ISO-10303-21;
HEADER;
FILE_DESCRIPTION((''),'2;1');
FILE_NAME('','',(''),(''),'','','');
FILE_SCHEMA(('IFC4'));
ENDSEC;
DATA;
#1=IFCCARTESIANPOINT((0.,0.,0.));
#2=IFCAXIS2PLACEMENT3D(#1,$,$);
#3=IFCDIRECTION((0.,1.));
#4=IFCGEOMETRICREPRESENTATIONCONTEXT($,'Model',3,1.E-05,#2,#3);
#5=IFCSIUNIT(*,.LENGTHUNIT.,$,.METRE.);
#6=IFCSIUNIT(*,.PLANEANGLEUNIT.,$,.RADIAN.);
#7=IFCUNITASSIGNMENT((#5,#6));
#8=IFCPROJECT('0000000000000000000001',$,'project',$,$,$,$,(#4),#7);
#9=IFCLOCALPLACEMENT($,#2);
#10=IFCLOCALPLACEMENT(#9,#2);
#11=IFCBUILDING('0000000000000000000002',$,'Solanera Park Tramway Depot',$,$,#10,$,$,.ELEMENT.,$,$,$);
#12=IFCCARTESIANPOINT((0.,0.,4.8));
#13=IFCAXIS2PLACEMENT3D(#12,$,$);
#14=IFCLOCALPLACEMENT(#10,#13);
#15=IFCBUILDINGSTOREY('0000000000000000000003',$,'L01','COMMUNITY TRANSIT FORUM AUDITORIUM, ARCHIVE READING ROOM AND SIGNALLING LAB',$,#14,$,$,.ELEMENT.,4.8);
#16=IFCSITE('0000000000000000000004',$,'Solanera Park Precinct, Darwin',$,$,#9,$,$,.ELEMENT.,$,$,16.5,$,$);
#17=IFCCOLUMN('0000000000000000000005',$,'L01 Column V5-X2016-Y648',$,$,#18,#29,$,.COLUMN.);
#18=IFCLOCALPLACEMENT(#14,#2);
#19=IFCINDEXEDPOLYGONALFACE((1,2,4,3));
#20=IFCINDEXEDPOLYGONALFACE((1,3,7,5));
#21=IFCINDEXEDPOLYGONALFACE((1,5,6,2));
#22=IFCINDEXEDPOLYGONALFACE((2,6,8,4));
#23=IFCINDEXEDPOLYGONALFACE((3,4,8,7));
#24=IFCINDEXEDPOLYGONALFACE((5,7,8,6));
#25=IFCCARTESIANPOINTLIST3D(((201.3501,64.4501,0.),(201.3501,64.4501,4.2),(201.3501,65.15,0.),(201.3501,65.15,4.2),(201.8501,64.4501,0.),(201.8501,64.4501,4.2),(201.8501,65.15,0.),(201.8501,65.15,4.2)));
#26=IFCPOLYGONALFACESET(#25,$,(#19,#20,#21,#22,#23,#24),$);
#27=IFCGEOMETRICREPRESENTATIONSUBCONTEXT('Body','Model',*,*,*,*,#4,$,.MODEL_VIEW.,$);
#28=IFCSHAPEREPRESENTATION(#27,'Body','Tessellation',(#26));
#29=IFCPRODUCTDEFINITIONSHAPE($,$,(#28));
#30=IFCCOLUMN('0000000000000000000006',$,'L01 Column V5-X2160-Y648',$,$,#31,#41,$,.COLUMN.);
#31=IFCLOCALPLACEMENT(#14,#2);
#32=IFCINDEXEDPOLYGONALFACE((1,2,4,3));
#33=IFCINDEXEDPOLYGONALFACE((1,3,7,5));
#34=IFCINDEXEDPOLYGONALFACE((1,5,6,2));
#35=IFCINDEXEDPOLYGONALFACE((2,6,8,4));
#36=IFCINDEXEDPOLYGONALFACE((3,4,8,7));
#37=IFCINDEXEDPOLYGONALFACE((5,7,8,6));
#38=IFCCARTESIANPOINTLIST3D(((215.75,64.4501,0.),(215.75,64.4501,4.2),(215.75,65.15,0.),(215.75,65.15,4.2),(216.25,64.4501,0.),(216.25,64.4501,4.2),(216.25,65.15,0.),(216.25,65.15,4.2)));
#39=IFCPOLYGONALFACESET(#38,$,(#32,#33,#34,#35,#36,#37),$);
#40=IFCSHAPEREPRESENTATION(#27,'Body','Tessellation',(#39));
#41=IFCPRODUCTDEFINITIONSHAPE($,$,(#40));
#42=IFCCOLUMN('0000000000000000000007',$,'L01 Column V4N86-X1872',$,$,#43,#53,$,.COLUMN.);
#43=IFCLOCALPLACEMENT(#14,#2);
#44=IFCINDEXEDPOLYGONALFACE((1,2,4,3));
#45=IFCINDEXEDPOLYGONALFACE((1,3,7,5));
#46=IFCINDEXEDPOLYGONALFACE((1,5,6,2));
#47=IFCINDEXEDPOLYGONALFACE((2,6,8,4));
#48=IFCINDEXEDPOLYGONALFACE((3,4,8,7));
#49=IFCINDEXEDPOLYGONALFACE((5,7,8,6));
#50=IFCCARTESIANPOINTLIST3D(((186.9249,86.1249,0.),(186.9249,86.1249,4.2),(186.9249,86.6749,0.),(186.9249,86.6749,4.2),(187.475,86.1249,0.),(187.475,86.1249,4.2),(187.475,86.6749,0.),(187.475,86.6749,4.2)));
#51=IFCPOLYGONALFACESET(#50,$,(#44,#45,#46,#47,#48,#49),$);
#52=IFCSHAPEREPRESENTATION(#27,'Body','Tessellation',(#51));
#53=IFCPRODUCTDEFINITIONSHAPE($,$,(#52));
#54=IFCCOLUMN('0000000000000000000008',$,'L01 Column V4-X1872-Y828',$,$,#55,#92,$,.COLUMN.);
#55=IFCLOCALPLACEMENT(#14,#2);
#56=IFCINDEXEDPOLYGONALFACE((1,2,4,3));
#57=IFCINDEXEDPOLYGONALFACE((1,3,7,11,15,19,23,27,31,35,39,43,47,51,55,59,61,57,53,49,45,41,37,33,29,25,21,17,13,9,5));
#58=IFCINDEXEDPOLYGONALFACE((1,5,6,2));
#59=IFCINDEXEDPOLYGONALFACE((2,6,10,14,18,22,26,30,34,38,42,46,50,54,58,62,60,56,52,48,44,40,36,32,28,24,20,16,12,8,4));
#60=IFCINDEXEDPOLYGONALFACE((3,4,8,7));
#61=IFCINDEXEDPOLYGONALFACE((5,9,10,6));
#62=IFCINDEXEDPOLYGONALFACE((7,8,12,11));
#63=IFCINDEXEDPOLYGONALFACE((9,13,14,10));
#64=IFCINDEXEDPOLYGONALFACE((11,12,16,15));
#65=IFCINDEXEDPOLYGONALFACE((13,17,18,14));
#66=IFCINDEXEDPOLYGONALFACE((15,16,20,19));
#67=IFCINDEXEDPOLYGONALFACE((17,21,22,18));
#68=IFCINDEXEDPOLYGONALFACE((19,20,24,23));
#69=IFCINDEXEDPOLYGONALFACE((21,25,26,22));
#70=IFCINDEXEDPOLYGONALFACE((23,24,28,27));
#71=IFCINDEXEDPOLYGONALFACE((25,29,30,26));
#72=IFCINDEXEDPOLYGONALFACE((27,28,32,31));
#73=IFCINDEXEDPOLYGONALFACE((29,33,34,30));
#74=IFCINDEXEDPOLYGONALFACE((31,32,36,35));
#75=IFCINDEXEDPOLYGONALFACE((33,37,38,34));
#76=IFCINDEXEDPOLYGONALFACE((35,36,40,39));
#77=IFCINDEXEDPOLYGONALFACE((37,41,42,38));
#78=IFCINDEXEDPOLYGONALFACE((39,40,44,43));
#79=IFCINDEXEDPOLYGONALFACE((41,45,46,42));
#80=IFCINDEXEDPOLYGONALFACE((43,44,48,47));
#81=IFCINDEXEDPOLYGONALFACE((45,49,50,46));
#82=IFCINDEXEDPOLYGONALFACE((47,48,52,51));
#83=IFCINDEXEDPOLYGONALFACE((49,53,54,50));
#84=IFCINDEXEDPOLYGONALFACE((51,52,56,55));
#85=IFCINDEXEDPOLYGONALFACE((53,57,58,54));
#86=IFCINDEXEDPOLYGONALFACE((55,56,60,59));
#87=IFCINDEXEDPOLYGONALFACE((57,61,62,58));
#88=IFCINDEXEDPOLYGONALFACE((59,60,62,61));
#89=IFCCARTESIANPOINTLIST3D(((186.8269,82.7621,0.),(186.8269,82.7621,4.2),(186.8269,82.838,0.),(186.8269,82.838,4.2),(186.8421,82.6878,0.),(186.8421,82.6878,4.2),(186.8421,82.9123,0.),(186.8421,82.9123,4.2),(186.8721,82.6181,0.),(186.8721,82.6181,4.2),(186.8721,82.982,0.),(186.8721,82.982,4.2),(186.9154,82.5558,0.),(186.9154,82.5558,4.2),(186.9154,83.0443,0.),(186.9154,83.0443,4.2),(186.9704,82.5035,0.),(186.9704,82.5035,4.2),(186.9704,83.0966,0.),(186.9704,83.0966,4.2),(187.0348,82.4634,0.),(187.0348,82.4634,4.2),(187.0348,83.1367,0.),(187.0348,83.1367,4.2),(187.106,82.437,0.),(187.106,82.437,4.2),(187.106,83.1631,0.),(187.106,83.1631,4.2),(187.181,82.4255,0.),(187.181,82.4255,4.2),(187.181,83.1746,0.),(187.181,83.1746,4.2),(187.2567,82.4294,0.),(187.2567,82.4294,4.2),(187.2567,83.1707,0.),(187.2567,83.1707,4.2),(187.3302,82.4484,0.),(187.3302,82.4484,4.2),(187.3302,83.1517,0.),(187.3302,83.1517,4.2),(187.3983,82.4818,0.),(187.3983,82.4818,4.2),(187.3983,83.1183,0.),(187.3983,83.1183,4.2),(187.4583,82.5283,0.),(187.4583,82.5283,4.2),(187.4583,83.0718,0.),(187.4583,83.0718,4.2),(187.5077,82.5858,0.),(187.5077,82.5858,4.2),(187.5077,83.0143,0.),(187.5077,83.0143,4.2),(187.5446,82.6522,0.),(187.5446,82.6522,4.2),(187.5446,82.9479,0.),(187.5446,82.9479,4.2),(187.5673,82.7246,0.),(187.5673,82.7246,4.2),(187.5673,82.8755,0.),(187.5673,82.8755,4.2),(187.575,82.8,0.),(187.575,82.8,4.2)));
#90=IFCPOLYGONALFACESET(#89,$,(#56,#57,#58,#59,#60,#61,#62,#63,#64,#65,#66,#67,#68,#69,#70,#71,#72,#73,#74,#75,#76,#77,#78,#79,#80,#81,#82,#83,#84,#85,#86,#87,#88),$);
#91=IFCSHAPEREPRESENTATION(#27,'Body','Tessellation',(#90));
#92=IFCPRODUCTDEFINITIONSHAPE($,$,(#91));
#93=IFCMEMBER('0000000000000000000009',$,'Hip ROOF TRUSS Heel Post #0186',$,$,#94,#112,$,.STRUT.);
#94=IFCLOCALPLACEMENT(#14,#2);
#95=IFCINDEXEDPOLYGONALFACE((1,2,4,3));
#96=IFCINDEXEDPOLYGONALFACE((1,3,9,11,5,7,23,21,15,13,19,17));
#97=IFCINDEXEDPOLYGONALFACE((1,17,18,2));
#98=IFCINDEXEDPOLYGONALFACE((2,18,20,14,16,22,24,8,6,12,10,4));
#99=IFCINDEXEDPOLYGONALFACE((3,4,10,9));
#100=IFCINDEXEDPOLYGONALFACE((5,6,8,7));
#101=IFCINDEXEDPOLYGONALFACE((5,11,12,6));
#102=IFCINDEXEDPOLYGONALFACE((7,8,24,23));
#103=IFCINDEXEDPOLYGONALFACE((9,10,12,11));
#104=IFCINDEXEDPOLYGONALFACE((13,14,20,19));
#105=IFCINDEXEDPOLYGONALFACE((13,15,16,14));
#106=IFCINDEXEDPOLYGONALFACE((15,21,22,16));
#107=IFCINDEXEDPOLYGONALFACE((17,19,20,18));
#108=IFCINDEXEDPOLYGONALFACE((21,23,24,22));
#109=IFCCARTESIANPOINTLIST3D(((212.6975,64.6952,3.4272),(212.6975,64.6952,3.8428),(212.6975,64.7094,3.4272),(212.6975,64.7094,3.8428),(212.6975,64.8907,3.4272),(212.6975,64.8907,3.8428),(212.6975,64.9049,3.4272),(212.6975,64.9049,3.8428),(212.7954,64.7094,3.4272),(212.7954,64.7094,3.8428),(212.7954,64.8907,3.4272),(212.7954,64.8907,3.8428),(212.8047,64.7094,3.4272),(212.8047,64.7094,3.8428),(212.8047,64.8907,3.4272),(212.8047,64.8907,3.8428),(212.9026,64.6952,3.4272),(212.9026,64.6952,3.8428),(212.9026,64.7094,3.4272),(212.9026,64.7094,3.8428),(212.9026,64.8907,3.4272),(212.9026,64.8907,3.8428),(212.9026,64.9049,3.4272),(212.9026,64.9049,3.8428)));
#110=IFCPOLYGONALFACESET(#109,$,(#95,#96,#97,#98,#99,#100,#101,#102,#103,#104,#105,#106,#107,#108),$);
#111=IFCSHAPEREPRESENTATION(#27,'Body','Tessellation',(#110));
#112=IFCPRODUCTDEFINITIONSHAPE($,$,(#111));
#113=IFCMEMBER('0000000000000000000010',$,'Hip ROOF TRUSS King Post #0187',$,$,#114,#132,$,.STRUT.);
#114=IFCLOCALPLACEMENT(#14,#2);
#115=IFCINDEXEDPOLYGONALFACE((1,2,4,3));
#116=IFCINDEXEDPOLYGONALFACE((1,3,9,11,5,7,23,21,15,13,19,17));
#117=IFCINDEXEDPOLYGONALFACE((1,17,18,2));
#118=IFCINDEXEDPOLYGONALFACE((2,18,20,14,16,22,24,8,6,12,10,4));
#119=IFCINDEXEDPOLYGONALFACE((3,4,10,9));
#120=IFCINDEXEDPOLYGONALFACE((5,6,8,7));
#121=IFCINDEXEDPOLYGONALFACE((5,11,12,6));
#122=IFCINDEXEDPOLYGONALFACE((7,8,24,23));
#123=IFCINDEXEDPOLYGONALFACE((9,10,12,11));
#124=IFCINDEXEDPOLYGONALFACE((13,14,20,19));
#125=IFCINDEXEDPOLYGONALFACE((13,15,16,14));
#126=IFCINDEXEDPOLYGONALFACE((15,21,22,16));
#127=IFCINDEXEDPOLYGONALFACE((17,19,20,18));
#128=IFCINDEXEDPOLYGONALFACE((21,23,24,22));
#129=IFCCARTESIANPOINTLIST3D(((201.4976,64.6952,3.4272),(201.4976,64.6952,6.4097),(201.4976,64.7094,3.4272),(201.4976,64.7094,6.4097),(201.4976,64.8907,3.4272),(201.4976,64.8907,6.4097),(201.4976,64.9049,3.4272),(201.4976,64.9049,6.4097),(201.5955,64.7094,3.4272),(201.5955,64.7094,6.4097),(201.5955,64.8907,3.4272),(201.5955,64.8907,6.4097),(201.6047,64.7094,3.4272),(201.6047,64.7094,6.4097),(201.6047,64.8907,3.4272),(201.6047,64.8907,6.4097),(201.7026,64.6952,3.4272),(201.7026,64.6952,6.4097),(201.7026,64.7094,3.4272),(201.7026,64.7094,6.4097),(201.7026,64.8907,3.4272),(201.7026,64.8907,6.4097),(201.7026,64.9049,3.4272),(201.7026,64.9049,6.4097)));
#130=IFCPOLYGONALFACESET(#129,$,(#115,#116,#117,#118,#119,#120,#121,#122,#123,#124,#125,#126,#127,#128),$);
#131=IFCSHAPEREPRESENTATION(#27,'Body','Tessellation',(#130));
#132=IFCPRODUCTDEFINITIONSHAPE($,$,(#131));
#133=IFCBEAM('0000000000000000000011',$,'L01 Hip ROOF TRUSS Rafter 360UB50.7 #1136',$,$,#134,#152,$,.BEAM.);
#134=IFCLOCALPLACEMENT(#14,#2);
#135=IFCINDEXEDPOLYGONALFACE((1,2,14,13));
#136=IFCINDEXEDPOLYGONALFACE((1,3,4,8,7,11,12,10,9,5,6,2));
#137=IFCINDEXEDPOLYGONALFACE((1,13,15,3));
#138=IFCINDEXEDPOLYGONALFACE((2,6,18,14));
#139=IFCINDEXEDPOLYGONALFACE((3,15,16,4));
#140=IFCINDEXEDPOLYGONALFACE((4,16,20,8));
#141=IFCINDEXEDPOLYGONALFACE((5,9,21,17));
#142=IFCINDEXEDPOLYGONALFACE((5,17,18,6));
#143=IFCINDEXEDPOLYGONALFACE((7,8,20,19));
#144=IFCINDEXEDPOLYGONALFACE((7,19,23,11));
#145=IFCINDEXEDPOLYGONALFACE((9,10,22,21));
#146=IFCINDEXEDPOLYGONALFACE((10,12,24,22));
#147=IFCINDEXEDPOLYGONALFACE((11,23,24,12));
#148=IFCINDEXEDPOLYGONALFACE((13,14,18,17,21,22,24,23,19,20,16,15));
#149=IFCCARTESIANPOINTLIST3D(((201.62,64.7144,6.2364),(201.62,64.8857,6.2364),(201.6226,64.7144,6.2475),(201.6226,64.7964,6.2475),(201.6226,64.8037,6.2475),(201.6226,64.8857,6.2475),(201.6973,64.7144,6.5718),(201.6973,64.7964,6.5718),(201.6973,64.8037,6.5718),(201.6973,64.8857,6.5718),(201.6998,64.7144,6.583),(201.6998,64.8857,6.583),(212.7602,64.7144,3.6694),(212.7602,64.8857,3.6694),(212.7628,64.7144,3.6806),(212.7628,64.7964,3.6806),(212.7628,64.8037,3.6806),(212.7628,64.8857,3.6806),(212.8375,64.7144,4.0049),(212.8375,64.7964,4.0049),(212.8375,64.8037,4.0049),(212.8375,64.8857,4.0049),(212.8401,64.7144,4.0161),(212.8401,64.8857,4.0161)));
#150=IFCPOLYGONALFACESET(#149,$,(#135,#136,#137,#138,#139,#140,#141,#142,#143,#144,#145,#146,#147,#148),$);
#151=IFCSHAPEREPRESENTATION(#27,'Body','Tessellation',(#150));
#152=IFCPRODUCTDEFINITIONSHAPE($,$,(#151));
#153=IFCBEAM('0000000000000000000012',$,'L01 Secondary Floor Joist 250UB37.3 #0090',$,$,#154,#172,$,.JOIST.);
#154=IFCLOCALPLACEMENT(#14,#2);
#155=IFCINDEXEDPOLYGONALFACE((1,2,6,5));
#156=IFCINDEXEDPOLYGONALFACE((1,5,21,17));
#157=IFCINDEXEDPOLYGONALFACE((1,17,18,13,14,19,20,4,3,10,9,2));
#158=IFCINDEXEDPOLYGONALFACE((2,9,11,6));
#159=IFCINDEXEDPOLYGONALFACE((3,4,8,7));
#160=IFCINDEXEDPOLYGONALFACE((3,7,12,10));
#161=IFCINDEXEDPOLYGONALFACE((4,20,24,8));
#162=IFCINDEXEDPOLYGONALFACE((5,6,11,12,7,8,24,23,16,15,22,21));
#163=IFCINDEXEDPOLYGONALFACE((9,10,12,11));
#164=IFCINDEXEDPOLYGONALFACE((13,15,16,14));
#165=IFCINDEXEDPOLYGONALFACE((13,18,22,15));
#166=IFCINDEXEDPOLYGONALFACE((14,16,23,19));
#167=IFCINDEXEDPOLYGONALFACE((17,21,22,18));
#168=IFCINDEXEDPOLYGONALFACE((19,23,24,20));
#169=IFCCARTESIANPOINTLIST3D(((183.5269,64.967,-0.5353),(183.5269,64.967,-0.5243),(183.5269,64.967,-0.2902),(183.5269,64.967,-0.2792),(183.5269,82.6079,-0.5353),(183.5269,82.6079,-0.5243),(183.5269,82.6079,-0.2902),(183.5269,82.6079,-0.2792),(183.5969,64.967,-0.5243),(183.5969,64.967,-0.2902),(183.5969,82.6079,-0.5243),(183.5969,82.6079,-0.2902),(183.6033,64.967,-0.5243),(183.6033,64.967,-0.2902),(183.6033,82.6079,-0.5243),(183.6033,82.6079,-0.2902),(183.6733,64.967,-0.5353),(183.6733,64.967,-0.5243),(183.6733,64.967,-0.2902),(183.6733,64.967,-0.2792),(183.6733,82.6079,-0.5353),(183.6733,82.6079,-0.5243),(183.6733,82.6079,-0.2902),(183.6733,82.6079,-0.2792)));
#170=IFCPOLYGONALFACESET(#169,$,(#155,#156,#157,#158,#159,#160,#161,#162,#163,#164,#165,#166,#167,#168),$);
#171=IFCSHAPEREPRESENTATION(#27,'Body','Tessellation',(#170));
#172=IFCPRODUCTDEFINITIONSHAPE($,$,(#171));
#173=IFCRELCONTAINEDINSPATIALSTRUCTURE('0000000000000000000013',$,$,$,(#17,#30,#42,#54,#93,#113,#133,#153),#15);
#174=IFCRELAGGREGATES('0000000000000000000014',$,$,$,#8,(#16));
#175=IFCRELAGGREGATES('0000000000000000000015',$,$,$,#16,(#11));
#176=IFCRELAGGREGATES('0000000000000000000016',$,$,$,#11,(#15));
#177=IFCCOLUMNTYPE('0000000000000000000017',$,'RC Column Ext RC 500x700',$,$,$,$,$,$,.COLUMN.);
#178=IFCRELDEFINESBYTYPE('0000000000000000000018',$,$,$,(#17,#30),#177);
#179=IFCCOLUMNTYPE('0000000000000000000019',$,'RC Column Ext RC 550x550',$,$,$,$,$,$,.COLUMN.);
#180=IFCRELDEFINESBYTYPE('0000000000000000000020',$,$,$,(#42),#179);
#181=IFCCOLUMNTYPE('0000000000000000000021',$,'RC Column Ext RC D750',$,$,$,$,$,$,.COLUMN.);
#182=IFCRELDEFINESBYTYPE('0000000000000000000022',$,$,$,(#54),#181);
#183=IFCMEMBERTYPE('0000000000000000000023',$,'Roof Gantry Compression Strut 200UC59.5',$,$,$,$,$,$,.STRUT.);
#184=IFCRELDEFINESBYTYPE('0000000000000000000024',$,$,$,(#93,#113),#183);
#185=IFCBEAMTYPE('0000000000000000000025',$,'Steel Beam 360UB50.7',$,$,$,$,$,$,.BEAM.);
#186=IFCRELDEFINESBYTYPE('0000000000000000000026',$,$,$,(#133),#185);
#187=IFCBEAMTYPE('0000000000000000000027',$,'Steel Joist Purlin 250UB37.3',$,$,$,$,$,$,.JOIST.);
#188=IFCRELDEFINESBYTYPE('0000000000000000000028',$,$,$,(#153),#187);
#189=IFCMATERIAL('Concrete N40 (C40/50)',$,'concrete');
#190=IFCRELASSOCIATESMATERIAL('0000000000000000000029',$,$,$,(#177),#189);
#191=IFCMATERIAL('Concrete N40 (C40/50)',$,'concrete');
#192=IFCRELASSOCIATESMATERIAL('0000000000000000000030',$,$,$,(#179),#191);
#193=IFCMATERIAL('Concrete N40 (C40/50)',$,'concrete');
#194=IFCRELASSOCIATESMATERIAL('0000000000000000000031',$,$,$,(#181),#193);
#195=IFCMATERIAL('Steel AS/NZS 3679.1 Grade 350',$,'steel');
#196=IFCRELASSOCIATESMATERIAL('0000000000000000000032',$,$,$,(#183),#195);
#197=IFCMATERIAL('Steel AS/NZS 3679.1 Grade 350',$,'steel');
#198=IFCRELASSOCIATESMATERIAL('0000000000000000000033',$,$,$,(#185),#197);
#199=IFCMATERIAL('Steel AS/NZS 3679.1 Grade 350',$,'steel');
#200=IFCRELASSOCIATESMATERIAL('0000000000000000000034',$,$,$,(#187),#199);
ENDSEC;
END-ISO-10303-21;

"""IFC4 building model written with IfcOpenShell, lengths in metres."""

from ifc_helpers import new_model, si_unit, direction, frame, origin, origin_2d, place, context, subcontext, project, spatial, rectangle, circle, i_section, extrude, material, material_profile, profile_set, type_object, element, save


model = new_model("IFC4")

# Units and contexts
model_context = context("Model", 3, precision=1e-05, world=origin(), true_north=direction((0.0, 1.0)))
body_context = subcontext(model_context, "Body", "Model", "MODEL_VIEW")
ifc_project = project(units=[si_unit("LENGTHUNIT", "METRE"), si_unit("PLANEANGLEUNIT", "RADIAN")], contexts=[model_context])

# Site, building, storey
site_placement = place(None, origin())
site = spatial("IfcSite", under=ifc_project, at=site_placement, Name="Solanera Park Precinct, Darwin", CompositionType="ELEMENT", RefElevation=16.5)
building_placement = place(site_placement, origin())
building = spatial("IfcBuilding", under=site, at=building_placement, Name="Solanera Park Tramway Depot", CompositionType="ELEMENT")
storey_placement = place(building_placement, frame((0.0, 0.0, 4.8)))
storey = spatial("IfcBuildingStorey", under=building, at=storey_placement, Name="L01", Description="COMMUNITY TRANSIT FORUM AUDITORIUM, ARCHIVE READING ROOM AND SIGNALLING LAB", CompositionType="ELEMENT", Elevation=4.8)

# Columns
ifc_material_1 = material(Name="Concrete N40 (C40/50)", Category="concrete")
ifc_material_profile_1 = material_profile(ifc_material_1, rectangle(XDim=0.5, YDim=0.7, at=origin_2d()), Name="RC 500x700")
ifc_profile_set_1 = profile_set([ifc_material_profile_1], Name="Concrete N40 (C40/50)")
column_type_1 = type_object("IfcColumnType", Name="RC Column Ext RC 500x700", PredefinedType="COLUMN", material=ifc_profile_set_1)
for number, where, z_axis, x_axis, name in (
    (1, (201.6001, 64.8, 0.0), (0.0, 0.0, 1.0), (1.0, 0.0, 0.0), "L01 Column V5-X2016-Y648"),
    (2, (216.0, 64.8, 0.0), (0.0, 0.0, 1.0), (1.0, 0.0, 0.0), "L01 Column V5-X2160-Y648"),
):
    element("IfcColumn", number, at=place(storey_placement, frame(where, z_axis=z_axis, x_axis=x_axis)), inside=storey, type_object=column_type_1, Name=name, PredefinedType="COLUMN", context=body_context, shape_type="SweptSolid", body=[
        extrude(rectangle(XDim=0.5, YDim=0.7, at=origin_2d()), origin(), (0.0, 0.0, 1.0), 4.2),
    ])
ifc_material_2 = material(Name="Concrete N40 (C40/50)", Category="concrete")
ifc_material_profile_2 = material_profile(ifc_material_2, rectangle(XDim=0.55, YDim=0.55, at=origin_2d()), Name="RC 550x550")
ifc_profile_set_2 = profile_set([ifc_material_profile_2], Name="Concrete N40 (C40/50)")
column_type_2 = type_object("IfcColumnType", Name="RC Column Ext RC 550x550", PredefinedType="COLUMN", material=ifc_profile_set_2)
column_1_placement = place(storey_placement, frame((187.2, 86.3999, 0.0), z_axis=(0.0, 0.0, 1.0), x_axis=(1.0, 0.0, 0.0)))
element("IfcColumn", 3, at=column_1_placement, inside=storey, type_object=column_type_2, Name="L01 Column V4N86-X1872", PredefinedType="COLUMN", context=body_context, shape_type="SweptSolid", body=[
    extrude(rectangle(XDim=0.55, YDim=0.55, at=origin_2d()), origin(), (0.0, 0.0, 1.0), 4.2),
])
ifc_material_3 = material(Name="Concrete N40 (C40/50)", Category="concrete")
ifc_material_profile_3 = material_profile(ifc_material_3, circle(Radius=0.375, at=origin_2d()), Name="RC D750")
ifc_profile_set_3 = profile_set([ifc_material_profile_3], Name="Concrete N40 (C40/50)")
column_type_3 = type_object("IfcColumnType", Name="RC Column Ext RC D750", PredefinedType="COLUMN", material=ifc_profile_set_3)
column_2_placement = place(storey_placement, frame((187.2, 82.8, 0.0), z_axis=(0.0, 0.0, 1.0), x_axis=(1.0, 0.0, 0.0)))
element("IfcColumn", 4, at=column_2_placement, inside=storey, type_object=column_type_3, Name="L01 Column V4-X1872-Y828", PredefinedType="COLUMN", context=body_context, shape_type="SweptSolid", body=[
    extrude(circle(Radius=0.375, at=origin_2d()), origin(), (0.0, 0.0, 1.0), 4.2),
])

# Members
ifc_material_4 = material(Name="Steel AS/NZS 3679.1 Grade 350", Category="steel")
ifc_material_profile_4 = material_profile(ifc_material_4, i_section(OverallWidth=0.2051, OverallDepth=0.2097, WebThickness=0.0093, FlangeThickness=0.0142, at=origin_2d()), Name="200UC59.5")
ifc_profile_set_4 = profile_set([ifc_material_profile_4], Name="Steel AS/NZS 3679.1 Grade 350")
member_type_1 = type_object("IfcMemberType", Name="Roof Gantry Compression Strut 200UC59.5", PredefinedType="STRUT", material=ifc_profile_set_4)
member_1_placement = place(storey_placement, frame((212.8, 64.8, 3.4272), z_axis=(0.0, 0.0, 1.0), x_axis=(1.0, 0.0, 0.0)))
element("IfcMember", 5, at=member_1_placement, inside=storey, type_object=member_type_1, Name="Hip ROOF TRUSS Heel Post #0186", PredefinedType="STRUT", context=body_context, shape_type="SweptSolid", body=[
    extrude(i_section(OverallWidth=0.2051, OverallDepth=0.2097, WebThickness=0.0093, FlangeThickness=0.0142, at=origin_2d()), origin(), (0.0, 0.0, 1.0), 0.4155),
])
member_2_placement = place(storey_placement, frame((201.6001, 64.8, 3.4272), z_axis=(0.0, 0.0, 1.0), x_axis=(1.0, 0.0, 0.0)))
element("IfcMember", 6, at=member_2_placement, inside=storey, type_object=member_type_1, Name="Hip ROOF TRUSS King Post #0187", PredefinedType="STRUT", context=body_context, shape_type="SweptSolid", body=[
    extrude(i_section(OverallWidth=0.2051, OverallDepth=0.2097, WebThickness=0.0093, FlangeThickness=0.0142, at=origin_2d()), origin(), (0.0, 0.0, 1.0), 2.9824),
])

# Beams
ifc_material_5 = material(Name="Steel AS/NZS 3679.1 Grade 350", Category="steel")
ifc_material_profile_5 = material_profile(ifc_material_5, i_section(OverallWidth=0.1714, OverallDepth=0.3557, WebThickness=0.0073, FlangeThickness=0.0115, at=origin_2d()), Name="360UB50.7")
ifc_profile_set_5 = profile_set([ifc_material_profile_5], Name="Steel AS/NZS 3679.1 Grade 350")
beam_type_1 = type_object("IfcBeamType", Name="Steel Beam 360UB50.7", PredefinedType="BEAM", material=ifc_profile_set_5)
beam_1_placement = place(storey_placement, frame((201.6599, 64.8, 6.4097), z_axis=(0.974466, 0.0, -0.224535), x_axis=(0.0, 1.0, 0.0)))
element("IfcBeam", 7, at=beam_1_placement, inside=storey, type_object=beam_type_1, Name="L01 Hip ROOF TRUSS Rafter 360UB50.7 #1136", PredefinedType="BEAM", context=body_context, shape_type="SweptSolid", body=[
    extrude(i_section(OverallWidth=0.1714, OverallDepth=0.3557, WebThickness=0.0073, FlangeThickness=0.0115, at=origin_2d()), origin(), (0.0, 0.0, 1.0), 11.4321),
])
ifc_material_6 = material(Name="Steel AS/NZS 3679.1 Grade 350", Category="steel")
ifc_material_profile_6 = material_profile(ifc_material_6, i_section(OverallWidth=0.1465, OverallDepth=0.2561, WebThickness=0.0063, FlangeThickness=0.011, at=origin_2d()), Name="250UB37.3")
ifc_profile_set_6 = profile_set([ifc_material_profile_6], Name="Steel AS/NZS 3679.1 Grade 350")
beam_type_2 = type_object("IfcBeamType", Name="Steel Joist Purlin 250UB37.3", PredefinedType="JOIST", material=ifc_profile_set_6)
beam_2_placement = place(storey_placement, frame((183.6001, 64.967, -0.4072), z_axis=(0.0, 1.0, 0.0), x_axis=(-1.0, 0.0, 0.0)))
element("IfcBeam", 8, at=beam_2_placement, inside=storey, type_object=beam_type_2, Name="L01 Secondary Floor Joist 250UB37.3 #0090", PredefinedType="JOIST", context=body_context, shape_type="SweptSolid", body=[
    extrude(i_section(OverallWidth=0.1465, OverallDepth=0.2561, WebThickness=0.0063, FlangeThickness=0.011, at=origin_2d()), origin(), (0.0, 0.0, 1.0), 17.6409),
])

save(model, "model.ifc")
